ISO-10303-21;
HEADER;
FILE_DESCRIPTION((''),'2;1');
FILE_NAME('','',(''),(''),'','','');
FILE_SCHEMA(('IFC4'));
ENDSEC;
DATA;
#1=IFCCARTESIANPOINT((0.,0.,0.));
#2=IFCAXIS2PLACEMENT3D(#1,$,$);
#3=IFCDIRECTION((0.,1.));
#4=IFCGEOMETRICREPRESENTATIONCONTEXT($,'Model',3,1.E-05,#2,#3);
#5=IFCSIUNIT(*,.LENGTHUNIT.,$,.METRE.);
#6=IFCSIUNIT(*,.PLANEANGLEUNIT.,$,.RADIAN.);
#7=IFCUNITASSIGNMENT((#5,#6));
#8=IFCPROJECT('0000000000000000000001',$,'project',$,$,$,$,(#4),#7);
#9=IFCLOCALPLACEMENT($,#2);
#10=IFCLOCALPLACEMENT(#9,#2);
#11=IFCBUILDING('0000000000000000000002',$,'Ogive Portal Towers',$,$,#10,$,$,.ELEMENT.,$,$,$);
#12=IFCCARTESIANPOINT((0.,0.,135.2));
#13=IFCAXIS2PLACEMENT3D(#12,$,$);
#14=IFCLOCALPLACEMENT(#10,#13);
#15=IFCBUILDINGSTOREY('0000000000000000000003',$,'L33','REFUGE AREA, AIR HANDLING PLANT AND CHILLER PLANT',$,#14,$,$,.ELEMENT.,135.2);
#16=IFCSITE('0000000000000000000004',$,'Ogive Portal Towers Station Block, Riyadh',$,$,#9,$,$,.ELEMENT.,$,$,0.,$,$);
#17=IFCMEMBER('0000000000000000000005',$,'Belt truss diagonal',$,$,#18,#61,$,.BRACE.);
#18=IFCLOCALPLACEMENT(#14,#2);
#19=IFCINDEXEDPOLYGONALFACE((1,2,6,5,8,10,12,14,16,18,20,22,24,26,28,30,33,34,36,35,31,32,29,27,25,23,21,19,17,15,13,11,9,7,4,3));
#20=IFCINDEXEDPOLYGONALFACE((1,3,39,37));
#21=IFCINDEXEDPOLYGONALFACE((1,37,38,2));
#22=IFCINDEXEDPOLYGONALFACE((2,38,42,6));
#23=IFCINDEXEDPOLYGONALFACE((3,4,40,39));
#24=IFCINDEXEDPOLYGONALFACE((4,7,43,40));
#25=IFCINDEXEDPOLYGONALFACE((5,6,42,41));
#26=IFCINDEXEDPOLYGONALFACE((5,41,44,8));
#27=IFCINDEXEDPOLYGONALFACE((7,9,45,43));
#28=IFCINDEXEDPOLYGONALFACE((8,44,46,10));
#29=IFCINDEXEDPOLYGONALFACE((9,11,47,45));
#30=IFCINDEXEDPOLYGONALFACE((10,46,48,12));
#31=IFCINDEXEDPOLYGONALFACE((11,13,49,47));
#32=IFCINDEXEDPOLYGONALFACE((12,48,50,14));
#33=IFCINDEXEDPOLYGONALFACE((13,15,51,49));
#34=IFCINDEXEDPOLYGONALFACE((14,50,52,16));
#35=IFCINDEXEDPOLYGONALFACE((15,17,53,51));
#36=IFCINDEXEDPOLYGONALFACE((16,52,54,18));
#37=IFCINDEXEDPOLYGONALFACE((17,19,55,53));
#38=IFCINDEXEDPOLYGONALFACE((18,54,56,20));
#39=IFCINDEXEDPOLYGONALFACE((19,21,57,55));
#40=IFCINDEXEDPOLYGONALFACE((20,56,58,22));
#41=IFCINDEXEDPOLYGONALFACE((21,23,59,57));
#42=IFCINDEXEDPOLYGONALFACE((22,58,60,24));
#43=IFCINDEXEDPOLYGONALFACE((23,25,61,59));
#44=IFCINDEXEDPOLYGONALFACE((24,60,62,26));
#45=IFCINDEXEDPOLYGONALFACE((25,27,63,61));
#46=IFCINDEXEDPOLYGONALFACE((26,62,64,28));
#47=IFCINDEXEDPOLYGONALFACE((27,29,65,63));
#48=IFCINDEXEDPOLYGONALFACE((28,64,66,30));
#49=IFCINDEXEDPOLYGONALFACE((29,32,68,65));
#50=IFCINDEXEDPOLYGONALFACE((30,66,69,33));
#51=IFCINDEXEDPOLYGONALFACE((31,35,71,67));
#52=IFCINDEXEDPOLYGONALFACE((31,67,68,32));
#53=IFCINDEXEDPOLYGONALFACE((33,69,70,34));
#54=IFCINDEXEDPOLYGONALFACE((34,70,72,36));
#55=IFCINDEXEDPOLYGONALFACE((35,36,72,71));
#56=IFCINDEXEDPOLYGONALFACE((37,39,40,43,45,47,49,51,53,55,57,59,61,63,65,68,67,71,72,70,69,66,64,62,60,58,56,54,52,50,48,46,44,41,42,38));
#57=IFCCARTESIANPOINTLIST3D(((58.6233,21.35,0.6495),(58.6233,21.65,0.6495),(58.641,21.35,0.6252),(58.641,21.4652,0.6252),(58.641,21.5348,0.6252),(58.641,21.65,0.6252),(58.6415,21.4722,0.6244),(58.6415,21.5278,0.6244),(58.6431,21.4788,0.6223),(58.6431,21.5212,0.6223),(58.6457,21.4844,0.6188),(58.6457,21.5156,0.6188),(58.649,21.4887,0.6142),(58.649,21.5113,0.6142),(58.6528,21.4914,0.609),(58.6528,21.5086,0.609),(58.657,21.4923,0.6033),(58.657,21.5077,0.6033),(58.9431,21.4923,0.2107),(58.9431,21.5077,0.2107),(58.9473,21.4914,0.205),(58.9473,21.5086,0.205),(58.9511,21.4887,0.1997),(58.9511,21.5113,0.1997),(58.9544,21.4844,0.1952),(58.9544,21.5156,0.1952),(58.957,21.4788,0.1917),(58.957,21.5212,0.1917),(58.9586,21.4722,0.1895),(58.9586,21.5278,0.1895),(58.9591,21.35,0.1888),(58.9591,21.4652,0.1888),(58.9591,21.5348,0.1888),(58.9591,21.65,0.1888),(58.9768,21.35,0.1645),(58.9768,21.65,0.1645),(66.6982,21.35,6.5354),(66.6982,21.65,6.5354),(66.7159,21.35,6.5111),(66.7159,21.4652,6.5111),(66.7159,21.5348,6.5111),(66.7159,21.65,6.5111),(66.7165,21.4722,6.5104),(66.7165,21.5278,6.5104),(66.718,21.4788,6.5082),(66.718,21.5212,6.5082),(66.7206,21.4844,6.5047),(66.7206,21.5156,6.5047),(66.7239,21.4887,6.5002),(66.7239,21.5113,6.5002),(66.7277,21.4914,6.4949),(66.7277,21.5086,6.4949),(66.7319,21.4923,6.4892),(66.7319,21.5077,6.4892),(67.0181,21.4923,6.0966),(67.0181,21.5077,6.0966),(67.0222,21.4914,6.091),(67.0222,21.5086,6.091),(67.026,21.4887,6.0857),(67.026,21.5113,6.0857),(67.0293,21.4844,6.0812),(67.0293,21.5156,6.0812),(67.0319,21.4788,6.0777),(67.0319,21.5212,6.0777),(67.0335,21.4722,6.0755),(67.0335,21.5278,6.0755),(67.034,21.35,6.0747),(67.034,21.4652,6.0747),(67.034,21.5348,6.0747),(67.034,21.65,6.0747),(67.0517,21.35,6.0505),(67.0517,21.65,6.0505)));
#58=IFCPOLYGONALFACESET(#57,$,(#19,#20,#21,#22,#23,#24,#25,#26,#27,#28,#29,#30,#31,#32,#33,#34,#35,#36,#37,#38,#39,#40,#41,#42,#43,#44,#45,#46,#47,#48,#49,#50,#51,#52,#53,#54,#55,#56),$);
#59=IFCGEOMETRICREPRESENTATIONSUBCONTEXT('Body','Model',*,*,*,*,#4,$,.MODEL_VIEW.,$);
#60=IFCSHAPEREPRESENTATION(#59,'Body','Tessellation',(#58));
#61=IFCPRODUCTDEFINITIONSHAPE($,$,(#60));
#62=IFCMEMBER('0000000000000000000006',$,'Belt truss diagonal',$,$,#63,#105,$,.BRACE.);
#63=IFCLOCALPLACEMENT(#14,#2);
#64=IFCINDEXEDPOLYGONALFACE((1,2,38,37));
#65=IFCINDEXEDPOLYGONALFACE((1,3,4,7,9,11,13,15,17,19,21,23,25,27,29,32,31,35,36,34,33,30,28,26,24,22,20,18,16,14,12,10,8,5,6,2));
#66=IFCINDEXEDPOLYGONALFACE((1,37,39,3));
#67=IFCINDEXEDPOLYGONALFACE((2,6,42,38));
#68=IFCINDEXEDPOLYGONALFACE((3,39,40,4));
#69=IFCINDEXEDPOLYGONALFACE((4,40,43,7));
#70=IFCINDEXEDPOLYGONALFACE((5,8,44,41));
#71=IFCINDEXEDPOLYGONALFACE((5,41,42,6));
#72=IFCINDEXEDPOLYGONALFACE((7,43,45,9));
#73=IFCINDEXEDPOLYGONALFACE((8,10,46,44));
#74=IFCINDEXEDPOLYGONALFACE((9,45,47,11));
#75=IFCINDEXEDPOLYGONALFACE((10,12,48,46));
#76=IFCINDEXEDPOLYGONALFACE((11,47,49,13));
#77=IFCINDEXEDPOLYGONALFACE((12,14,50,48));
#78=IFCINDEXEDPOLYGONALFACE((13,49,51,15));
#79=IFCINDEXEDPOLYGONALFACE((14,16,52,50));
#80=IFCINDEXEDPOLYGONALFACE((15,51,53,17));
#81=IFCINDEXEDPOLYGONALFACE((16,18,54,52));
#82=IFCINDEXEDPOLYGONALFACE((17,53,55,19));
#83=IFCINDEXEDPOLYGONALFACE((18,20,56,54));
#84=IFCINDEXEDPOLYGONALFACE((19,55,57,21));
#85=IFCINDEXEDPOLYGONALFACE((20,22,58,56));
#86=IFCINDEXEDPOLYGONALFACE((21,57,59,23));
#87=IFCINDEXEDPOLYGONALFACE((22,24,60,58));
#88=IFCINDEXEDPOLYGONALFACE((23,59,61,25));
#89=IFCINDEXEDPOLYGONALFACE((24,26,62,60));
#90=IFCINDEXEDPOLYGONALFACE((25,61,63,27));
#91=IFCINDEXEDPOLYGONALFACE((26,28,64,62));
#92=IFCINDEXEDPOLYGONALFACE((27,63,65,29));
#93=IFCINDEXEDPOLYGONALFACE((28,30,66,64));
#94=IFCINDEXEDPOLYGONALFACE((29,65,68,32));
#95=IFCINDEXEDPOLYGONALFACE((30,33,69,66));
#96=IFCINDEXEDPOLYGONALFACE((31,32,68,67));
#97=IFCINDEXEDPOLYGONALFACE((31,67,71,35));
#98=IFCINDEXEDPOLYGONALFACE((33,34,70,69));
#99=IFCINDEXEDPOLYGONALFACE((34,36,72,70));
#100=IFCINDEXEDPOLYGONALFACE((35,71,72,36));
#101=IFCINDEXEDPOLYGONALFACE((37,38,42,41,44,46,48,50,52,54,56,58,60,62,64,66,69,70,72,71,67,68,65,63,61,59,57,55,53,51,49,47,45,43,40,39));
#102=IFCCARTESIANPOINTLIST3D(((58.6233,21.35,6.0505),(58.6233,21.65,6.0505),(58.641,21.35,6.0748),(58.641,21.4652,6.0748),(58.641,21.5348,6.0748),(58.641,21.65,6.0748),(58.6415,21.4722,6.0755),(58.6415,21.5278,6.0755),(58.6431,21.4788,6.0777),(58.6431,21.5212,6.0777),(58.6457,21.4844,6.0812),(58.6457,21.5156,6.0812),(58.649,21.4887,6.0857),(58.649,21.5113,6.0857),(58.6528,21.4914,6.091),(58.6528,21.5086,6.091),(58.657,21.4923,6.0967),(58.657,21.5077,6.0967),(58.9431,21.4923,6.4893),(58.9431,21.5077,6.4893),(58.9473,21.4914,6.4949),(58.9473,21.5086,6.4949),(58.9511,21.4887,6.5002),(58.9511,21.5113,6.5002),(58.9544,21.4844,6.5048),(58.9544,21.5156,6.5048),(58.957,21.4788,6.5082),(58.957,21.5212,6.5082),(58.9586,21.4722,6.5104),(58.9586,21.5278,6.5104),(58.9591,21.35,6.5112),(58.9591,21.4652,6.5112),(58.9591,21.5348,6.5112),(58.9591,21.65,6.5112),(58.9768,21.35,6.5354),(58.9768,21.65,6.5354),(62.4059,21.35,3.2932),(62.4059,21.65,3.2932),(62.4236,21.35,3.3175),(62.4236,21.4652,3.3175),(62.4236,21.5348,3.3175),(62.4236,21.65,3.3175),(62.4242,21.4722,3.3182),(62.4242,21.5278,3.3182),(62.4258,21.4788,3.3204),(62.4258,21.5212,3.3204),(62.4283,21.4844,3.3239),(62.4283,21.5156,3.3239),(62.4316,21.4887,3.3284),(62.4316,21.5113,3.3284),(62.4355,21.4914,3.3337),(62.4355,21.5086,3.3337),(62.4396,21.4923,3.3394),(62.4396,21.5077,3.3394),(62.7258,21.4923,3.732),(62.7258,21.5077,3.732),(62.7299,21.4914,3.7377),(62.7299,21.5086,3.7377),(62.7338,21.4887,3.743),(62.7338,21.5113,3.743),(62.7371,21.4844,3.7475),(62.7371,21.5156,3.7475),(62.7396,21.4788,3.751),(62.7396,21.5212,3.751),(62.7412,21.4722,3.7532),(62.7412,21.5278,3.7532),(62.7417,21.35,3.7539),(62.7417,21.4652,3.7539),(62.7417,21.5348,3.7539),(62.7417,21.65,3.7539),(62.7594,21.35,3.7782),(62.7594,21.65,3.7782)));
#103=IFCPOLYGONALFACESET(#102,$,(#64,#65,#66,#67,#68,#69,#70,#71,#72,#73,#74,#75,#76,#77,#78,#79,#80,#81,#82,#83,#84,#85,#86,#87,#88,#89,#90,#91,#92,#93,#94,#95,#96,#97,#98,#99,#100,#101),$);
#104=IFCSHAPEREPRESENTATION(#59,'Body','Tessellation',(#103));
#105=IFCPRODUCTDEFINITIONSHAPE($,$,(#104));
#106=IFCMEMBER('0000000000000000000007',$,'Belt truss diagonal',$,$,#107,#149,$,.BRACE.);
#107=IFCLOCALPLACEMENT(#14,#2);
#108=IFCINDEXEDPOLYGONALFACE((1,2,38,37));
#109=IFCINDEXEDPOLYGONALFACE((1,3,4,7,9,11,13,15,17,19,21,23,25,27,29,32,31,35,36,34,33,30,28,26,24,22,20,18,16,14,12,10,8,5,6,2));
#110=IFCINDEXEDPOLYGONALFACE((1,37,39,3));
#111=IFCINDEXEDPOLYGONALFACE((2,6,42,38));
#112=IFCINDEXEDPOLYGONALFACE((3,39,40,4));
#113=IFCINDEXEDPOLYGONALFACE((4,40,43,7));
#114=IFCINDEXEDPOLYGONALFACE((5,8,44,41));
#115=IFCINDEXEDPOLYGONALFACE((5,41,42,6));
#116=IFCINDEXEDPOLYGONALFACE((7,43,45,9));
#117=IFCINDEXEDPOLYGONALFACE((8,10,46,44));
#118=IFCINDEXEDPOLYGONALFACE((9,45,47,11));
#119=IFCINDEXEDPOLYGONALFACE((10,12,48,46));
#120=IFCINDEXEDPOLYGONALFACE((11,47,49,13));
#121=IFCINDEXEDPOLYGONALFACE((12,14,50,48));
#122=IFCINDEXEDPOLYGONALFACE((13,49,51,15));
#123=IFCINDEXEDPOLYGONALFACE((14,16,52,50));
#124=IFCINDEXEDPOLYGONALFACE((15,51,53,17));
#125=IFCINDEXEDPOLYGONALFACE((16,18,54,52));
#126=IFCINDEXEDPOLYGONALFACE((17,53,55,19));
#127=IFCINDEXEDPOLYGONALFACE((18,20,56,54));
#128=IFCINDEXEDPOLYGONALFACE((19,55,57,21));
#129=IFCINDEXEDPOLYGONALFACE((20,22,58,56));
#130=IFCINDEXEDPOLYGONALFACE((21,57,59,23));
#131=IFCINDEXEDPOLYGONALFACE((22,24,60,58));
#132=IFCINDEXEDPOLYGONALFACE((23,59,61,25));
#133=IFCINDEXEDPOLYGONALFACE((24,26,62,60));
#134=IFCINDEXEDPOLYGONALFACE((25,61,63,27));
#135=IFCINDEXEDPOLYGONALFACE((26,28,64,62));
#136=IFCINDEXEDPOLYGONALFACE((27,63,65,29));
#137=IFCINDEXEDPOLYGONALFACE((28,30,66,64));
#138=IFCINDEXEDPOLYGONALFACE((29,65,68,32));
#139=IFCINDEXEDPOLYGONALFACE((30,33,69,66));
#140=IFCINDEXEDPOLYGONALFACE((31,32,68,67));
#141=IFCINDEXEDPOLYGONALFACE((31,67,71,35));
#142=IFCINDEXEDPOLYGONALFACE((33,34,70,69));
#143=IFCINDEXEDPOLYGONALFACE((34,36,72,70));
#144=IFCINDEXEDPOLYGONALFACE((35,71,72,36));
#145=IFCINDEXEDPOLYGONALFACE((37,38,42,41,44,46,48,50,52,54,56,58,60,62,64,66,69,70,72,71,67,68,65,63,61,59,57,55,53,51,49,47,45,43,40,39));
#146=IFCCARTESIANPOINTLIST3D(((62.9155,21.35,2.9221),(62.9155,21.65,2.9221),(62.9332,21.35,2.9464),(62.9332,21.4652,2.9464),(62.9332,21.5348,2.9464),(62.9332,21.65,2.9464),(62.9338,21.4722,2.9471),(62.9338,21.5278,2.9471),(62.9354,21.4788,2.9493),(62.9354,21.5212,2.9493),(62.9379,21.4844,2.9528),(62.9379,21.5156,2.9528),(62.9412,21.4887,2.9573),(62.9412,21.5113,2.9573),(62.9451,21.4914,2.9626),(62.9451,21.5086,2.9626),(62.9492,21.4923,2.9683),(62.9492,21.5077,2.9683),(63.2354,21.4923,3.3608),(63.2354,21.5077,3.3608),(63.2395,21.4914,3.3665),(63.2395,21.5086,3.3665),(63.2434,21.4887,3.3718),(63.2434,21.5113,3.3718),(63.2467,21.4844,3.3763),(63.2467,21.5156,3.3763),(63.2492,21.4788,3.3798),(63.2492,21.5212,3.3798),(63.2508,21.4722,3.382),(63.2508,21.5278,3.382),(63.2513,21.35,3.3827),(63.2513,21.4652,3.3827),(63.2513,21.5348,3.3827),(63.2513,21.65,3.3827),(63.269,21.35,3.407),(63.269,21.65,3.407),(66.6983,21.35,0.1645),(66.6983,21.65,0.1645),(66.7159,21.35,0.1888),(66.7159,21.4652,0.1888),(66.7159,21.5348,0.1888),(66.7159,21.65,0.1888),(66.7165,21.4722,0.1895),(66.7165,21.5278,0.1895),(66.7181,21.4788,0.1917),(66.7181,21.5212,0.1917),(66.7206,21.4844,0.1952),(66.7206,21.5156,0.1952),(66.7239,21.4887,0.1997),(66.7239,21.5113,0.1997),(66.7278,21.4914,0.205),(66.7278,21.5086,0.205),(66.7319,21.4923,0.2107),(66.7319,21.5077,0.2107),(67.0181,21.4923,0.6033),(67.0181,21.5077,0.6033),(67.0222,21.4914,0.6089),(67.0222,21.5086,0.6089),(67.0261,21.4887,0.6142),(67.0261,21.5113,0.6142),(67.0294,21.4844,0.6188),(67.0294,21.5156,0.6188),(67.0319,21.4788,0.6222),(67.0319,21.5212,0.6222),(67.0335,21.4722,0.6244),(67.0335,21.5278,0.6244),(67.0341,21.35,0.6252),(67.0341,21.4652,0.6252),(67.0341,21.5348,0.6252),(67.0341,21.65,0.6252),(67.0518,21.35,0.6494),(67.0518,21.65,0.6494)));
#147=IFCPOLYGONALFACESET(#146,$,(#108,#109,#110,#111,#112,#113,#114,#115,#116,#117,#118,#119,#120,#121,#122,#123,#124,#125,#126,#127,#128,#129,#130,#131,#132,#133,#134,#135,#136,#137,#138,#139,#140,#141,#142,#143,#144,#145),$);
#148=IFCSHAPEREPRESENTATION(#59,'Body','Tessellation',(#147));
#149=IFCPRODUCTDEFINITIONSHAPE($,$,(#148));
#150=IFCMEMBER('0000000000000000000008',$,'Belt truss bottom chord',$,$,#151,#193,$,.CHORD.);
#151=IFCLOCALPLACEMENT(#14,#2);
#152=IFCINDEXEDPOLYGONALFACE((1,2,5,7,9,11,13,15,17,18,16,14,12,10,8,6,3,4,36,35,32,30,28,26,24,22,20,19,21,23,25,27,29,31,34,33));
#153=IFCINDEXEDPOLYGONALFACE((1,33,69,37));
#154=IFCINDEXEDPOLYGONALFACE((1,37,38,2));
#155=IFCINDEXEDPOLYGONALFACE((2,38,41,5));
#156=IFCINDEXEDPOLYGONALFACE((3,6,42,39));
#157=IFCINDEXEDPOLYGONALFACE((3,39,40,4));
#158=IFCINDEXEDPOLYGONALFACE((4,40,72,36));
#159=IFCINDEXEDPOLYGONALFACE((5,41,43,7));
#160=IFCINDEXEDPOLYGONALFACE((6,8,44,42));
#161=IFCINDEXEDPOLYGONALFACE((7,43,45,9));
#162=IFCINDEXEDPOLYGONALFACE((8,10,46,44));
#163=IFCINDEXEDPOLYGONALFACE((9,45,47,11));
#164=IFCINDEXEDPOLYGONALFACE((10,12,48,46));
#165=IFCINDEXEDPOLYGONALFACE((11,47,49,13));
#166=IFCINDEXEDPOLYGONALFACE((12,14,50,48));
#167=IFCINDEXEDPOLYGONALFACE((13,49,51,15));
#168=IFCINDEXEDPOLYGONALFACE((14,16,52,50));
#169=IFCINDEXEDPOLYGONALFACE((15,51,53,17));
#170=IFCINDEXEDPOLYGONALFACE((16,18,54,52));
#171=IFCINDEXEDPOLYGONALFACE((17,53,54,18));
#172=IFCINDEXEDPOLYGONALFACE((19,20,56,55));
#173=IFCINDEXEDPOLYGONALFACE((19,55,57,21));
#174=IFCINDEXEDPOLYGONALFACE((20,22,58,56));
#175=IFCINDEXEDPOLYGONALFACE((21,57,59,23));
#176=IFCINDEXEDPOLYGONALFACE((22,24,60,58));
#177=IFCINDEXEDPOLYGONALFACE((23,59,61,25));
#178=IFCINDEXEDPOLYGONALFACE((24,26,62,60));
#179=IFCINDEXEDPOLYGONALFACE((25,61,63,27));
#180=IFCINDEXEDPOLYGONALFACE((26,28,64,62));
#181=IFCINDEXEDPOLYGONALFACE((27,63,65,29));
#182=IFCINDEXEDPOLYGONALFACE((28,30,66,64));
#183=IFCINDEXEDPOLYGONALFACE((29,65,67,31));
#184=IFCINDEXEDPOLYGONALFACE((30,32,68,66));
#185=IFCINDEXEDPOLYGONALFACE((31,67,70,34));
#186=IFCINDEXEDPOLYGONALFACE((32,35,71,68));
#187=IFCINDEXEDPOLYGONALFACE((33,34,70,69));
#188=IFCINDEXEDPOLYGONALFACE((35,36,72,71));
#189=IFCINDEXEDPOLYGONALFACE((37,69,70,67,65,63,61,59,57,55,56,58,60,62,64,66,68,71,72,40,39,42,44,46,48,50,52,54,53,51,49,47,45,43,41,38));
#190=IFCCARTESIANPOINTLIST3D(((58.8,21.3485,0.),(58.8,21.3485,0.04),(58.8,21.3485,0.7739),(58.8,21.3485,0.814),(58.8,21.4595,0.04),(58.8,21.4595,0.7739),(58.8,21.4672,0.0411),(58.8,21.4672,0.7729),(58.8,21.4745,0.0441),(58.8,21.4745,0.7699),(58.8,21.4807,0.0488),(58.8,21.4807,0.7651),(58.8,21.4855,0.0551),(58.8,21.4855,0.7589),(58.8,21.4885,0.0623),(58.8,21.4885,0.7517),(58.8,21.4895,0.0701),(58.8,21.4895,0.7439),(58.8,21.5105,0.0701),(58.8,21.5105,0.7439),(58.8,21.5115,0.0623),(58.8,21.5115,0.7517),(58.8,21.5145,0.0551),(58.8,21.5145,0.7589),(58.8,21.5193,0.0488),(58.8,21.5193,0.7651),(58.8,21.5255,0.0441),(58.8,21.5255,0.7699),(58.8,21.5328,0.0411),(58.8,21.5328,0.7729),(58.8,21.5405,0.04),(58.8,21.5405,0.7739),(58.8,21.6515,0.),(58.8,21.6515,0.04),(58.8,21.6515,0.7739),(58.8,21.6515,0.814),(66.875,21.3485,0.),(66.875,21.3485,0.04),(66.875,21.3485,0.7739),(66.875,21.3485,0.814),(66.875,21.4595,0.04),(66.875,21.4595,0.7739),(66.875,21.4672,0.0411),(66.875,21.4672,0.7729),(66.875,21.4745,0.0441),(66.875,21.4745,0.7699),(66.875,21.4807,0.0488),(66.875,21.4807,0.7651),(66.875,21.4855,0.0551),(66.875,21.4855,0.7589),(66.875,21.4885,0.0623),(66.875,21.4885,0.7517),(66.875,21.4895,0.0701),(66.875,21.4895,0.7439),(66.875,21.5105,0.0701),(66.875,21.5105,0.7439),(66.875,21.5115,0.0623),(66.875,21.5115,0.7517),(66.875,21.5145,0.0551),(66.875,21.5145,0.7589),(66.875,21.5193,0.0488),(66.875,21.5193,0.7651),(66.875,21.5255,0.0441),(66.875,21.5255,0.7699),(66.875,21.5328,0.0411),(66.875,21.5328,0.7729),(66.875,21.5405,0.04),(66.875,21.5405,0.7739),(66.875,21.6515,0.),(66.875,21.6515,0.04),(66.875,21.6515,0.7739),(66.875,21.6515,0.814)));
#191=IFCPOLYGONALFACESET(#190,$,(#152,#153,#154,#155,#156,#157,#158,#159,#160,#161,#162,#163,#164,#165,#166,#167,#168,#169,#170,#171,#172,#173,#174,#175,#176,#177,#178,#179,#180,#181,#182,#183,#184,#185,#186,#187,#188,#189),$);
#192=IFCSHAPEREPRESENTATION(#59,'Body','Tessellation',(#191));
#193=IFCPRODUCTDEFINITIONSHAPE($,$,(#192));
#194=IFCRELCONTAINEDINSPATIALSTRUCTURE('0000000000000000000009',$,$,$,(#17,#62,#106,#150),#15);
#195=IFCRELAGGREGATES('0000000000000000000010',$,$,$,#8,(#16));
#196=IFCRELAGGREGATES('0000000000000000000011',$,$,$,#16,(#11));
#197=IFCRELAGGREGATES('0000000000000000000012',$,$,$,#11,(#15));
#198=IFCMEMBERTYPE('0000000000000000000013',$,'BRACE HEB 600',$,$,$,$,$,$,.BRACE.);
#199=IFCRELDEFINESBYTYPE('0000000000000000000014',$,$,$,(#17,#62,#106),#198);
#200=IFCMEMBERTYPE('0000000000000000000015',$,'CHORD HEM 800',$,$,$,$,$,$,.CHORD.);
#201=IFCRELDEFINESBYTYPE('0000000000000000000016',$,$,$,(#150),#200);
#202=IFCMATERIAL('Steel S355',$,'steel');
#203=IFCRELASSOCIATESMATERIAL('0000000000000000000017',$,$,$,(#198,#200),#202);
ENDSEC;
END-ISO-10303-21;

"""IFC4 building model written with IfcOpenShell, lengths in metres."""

from ifc_helpers import new_model, si_unit, direction, frame, origin, origin_2d, place, context, subcontext, project, spatial, i_section, extrude, material, material_profile, profile_set, type_object, element, save


model = new_model("IFC4")

# Units and contexts
model_context = context("Model", 3, precision=1e-05, world=origin(), true_north=direction((0.0, 1.0)))
body_context = subcontext(model_context, "Body", "Model", "MODEL_VIEW")
ifc_project = project(units=[si_unit("LENGTHUNIT", "METRE"), si_unit("PLANEANGLEUNIT", "RADIAN")], contexts=[model_context])

# Site, building, storey
site_placement = place(None, origin())
site = spatial("IfcSite", under=ifc_project, at=site_placement, Name="Ogive Portal Towers Station Block, Riyadh", CompositionType="ELEMENT", RefElevation=0.0)
building_placement = place(site_placement, origin())
building = spatial("IfcBuilding", under=site, at=building_placement, Name="Ogive Portal Towers", CompositionType="ELEMENT")
storey_placement = place(building_placement, frame((0.0, 0.0, 135.2)))
storey = spatial("IfcBuildingStorey", under=building, at=storey_placement, Name="L33", Description="REFUGE AREA, AIR HANDLING PLANT AND CHILLER PLANT", CompositionType="ELEMENT", Elevation=135.2)

# Members
ifc_material_1 = material(Name="Steel S355", Category="steel")
ifc_material_profile_1 = material_profile(ifc_material_1, i_section(OverallWidth=0.3, OverallDepth=0.6001, WebThickness=0.0154, FlangeThickness=0.03, FilletRadius=0.0271, at=origin_2d()), Name="HEB 600")
ifc_profile_set_1 = profile_set([ifc_material_profile_1], Name="Steel S355")
member_type_1 = type_object("IfcMemberType", Name="BRACE HEB 600", PredefinedType="BRACE", material=ifc_profile_set_1)
member_1_placement = place(storey_placement, frame((58.8, 21.5, 0.407), z_axis=(0.808103, 0.0, 0.589042), x_axis=(0.0, 1.0, 0.0)))
element("IfcMember", 1, at=member_1_placement, inside=storey, type_object=member_type_1, Name="Belt truss diagonal", PredefinedType="BRACE", context=body_context, shape_type="SweptSolid", body=[
    extrude(i_section(OverallWidth=0.3, OverallDepth=0.6001, WebThickness=0.0154, FlangeThickness=0.03, FilletRadius=0.0271, at=origin_2d()), origin(), (0.0, 0.0, 1.0), 9.9924),
])
member_2_placement = place(storey_placement, frame((58.8, 21.5, 6.293), z_axis=(0.8081, 0.0, -0.589046), x_axis=(0.0, 1.0, 0.0)))
element("IfcMember", 2, at=member_2_placement, inside=storey, type_object=member_type_1, Name="Belt truss diagonal", PredefinedType="BRACE", context=body_context, shape_type="SweptSolid", body=[
    extrude(i_section(OverallWidth=0.3, OverallDepth=0.6001, WebThickness=0.0154, FlangeThickness=0.03, FilletRadius=0.0271, at=origin_2d()), origin(), (0.0, 0.0, 1.0), 4.6809),
])
member_3_placement = place(storey_placement, frame((63.0923, 21.5, 3.1646), z_axis=(0.808075, 0.0, -0.58908), x_axis=(0.0, 1.0, 0.0)))
element("IfcMember", 3, at=member_3_placement, inside=storey, type_object=member_type_1, Name="Belt truss diagonal", PredefinedType="BRACE", context=body_context, shape_type="SweptSolid", body=[
    extrude(i_section(OverallWidth=0.3, OverallDepth=0.6001, WebThickness=0.0154, FlangeThickness=0.03, FilletRadius=0.0271, at=origin_2d()), origin(), (0.0, 0.0, 1.0), 4.6812),
])
ifc_material_profile_2 = material_profile(ifc_material_1, i_section(OverallWidth=0.303, OverallDepth=0.814, WebThickness=0.021, FlangeThickness=0.04, FilletRadius=0.03, at=origin_2d()), Name="HEM 800")
ifc_profile_set_2 = profile_set([ifc_material_profile_2], Name="Steel S355")
member_type_2 = type_object("IfcMemberType", Name="CHORD HEM 800", PredefinedType="CHORD", material=ifc_profile_set_2)
for number, where, z_axis, x_axis, name in (
    (4, (58.8, 21.5, 0.407), (1.0, 0.0, 0.0), (0.0, 1.0, 0.0), "Belt truss bottom chord"),
):
    element("IfcMember", number, at=place(storey_placement, frame(where, z_axis=z_axis, x_axis=x_axis)), inside=storey, type_object=member_type_2, Name=name, PredefinedType="CHORD", context=body_context, shape_type="SweptSolid", body=[
        extrude(i_section(OverallWidth=0.303, OverallDepth=0.814, WebThickness=0.021, FlangeThickness=0.04, FilletRadius=0.03, at=origin_2d()), origin(), (0.0, 0.0, 1.0), 8.075),
    ])

save(model, "model.ifc")
